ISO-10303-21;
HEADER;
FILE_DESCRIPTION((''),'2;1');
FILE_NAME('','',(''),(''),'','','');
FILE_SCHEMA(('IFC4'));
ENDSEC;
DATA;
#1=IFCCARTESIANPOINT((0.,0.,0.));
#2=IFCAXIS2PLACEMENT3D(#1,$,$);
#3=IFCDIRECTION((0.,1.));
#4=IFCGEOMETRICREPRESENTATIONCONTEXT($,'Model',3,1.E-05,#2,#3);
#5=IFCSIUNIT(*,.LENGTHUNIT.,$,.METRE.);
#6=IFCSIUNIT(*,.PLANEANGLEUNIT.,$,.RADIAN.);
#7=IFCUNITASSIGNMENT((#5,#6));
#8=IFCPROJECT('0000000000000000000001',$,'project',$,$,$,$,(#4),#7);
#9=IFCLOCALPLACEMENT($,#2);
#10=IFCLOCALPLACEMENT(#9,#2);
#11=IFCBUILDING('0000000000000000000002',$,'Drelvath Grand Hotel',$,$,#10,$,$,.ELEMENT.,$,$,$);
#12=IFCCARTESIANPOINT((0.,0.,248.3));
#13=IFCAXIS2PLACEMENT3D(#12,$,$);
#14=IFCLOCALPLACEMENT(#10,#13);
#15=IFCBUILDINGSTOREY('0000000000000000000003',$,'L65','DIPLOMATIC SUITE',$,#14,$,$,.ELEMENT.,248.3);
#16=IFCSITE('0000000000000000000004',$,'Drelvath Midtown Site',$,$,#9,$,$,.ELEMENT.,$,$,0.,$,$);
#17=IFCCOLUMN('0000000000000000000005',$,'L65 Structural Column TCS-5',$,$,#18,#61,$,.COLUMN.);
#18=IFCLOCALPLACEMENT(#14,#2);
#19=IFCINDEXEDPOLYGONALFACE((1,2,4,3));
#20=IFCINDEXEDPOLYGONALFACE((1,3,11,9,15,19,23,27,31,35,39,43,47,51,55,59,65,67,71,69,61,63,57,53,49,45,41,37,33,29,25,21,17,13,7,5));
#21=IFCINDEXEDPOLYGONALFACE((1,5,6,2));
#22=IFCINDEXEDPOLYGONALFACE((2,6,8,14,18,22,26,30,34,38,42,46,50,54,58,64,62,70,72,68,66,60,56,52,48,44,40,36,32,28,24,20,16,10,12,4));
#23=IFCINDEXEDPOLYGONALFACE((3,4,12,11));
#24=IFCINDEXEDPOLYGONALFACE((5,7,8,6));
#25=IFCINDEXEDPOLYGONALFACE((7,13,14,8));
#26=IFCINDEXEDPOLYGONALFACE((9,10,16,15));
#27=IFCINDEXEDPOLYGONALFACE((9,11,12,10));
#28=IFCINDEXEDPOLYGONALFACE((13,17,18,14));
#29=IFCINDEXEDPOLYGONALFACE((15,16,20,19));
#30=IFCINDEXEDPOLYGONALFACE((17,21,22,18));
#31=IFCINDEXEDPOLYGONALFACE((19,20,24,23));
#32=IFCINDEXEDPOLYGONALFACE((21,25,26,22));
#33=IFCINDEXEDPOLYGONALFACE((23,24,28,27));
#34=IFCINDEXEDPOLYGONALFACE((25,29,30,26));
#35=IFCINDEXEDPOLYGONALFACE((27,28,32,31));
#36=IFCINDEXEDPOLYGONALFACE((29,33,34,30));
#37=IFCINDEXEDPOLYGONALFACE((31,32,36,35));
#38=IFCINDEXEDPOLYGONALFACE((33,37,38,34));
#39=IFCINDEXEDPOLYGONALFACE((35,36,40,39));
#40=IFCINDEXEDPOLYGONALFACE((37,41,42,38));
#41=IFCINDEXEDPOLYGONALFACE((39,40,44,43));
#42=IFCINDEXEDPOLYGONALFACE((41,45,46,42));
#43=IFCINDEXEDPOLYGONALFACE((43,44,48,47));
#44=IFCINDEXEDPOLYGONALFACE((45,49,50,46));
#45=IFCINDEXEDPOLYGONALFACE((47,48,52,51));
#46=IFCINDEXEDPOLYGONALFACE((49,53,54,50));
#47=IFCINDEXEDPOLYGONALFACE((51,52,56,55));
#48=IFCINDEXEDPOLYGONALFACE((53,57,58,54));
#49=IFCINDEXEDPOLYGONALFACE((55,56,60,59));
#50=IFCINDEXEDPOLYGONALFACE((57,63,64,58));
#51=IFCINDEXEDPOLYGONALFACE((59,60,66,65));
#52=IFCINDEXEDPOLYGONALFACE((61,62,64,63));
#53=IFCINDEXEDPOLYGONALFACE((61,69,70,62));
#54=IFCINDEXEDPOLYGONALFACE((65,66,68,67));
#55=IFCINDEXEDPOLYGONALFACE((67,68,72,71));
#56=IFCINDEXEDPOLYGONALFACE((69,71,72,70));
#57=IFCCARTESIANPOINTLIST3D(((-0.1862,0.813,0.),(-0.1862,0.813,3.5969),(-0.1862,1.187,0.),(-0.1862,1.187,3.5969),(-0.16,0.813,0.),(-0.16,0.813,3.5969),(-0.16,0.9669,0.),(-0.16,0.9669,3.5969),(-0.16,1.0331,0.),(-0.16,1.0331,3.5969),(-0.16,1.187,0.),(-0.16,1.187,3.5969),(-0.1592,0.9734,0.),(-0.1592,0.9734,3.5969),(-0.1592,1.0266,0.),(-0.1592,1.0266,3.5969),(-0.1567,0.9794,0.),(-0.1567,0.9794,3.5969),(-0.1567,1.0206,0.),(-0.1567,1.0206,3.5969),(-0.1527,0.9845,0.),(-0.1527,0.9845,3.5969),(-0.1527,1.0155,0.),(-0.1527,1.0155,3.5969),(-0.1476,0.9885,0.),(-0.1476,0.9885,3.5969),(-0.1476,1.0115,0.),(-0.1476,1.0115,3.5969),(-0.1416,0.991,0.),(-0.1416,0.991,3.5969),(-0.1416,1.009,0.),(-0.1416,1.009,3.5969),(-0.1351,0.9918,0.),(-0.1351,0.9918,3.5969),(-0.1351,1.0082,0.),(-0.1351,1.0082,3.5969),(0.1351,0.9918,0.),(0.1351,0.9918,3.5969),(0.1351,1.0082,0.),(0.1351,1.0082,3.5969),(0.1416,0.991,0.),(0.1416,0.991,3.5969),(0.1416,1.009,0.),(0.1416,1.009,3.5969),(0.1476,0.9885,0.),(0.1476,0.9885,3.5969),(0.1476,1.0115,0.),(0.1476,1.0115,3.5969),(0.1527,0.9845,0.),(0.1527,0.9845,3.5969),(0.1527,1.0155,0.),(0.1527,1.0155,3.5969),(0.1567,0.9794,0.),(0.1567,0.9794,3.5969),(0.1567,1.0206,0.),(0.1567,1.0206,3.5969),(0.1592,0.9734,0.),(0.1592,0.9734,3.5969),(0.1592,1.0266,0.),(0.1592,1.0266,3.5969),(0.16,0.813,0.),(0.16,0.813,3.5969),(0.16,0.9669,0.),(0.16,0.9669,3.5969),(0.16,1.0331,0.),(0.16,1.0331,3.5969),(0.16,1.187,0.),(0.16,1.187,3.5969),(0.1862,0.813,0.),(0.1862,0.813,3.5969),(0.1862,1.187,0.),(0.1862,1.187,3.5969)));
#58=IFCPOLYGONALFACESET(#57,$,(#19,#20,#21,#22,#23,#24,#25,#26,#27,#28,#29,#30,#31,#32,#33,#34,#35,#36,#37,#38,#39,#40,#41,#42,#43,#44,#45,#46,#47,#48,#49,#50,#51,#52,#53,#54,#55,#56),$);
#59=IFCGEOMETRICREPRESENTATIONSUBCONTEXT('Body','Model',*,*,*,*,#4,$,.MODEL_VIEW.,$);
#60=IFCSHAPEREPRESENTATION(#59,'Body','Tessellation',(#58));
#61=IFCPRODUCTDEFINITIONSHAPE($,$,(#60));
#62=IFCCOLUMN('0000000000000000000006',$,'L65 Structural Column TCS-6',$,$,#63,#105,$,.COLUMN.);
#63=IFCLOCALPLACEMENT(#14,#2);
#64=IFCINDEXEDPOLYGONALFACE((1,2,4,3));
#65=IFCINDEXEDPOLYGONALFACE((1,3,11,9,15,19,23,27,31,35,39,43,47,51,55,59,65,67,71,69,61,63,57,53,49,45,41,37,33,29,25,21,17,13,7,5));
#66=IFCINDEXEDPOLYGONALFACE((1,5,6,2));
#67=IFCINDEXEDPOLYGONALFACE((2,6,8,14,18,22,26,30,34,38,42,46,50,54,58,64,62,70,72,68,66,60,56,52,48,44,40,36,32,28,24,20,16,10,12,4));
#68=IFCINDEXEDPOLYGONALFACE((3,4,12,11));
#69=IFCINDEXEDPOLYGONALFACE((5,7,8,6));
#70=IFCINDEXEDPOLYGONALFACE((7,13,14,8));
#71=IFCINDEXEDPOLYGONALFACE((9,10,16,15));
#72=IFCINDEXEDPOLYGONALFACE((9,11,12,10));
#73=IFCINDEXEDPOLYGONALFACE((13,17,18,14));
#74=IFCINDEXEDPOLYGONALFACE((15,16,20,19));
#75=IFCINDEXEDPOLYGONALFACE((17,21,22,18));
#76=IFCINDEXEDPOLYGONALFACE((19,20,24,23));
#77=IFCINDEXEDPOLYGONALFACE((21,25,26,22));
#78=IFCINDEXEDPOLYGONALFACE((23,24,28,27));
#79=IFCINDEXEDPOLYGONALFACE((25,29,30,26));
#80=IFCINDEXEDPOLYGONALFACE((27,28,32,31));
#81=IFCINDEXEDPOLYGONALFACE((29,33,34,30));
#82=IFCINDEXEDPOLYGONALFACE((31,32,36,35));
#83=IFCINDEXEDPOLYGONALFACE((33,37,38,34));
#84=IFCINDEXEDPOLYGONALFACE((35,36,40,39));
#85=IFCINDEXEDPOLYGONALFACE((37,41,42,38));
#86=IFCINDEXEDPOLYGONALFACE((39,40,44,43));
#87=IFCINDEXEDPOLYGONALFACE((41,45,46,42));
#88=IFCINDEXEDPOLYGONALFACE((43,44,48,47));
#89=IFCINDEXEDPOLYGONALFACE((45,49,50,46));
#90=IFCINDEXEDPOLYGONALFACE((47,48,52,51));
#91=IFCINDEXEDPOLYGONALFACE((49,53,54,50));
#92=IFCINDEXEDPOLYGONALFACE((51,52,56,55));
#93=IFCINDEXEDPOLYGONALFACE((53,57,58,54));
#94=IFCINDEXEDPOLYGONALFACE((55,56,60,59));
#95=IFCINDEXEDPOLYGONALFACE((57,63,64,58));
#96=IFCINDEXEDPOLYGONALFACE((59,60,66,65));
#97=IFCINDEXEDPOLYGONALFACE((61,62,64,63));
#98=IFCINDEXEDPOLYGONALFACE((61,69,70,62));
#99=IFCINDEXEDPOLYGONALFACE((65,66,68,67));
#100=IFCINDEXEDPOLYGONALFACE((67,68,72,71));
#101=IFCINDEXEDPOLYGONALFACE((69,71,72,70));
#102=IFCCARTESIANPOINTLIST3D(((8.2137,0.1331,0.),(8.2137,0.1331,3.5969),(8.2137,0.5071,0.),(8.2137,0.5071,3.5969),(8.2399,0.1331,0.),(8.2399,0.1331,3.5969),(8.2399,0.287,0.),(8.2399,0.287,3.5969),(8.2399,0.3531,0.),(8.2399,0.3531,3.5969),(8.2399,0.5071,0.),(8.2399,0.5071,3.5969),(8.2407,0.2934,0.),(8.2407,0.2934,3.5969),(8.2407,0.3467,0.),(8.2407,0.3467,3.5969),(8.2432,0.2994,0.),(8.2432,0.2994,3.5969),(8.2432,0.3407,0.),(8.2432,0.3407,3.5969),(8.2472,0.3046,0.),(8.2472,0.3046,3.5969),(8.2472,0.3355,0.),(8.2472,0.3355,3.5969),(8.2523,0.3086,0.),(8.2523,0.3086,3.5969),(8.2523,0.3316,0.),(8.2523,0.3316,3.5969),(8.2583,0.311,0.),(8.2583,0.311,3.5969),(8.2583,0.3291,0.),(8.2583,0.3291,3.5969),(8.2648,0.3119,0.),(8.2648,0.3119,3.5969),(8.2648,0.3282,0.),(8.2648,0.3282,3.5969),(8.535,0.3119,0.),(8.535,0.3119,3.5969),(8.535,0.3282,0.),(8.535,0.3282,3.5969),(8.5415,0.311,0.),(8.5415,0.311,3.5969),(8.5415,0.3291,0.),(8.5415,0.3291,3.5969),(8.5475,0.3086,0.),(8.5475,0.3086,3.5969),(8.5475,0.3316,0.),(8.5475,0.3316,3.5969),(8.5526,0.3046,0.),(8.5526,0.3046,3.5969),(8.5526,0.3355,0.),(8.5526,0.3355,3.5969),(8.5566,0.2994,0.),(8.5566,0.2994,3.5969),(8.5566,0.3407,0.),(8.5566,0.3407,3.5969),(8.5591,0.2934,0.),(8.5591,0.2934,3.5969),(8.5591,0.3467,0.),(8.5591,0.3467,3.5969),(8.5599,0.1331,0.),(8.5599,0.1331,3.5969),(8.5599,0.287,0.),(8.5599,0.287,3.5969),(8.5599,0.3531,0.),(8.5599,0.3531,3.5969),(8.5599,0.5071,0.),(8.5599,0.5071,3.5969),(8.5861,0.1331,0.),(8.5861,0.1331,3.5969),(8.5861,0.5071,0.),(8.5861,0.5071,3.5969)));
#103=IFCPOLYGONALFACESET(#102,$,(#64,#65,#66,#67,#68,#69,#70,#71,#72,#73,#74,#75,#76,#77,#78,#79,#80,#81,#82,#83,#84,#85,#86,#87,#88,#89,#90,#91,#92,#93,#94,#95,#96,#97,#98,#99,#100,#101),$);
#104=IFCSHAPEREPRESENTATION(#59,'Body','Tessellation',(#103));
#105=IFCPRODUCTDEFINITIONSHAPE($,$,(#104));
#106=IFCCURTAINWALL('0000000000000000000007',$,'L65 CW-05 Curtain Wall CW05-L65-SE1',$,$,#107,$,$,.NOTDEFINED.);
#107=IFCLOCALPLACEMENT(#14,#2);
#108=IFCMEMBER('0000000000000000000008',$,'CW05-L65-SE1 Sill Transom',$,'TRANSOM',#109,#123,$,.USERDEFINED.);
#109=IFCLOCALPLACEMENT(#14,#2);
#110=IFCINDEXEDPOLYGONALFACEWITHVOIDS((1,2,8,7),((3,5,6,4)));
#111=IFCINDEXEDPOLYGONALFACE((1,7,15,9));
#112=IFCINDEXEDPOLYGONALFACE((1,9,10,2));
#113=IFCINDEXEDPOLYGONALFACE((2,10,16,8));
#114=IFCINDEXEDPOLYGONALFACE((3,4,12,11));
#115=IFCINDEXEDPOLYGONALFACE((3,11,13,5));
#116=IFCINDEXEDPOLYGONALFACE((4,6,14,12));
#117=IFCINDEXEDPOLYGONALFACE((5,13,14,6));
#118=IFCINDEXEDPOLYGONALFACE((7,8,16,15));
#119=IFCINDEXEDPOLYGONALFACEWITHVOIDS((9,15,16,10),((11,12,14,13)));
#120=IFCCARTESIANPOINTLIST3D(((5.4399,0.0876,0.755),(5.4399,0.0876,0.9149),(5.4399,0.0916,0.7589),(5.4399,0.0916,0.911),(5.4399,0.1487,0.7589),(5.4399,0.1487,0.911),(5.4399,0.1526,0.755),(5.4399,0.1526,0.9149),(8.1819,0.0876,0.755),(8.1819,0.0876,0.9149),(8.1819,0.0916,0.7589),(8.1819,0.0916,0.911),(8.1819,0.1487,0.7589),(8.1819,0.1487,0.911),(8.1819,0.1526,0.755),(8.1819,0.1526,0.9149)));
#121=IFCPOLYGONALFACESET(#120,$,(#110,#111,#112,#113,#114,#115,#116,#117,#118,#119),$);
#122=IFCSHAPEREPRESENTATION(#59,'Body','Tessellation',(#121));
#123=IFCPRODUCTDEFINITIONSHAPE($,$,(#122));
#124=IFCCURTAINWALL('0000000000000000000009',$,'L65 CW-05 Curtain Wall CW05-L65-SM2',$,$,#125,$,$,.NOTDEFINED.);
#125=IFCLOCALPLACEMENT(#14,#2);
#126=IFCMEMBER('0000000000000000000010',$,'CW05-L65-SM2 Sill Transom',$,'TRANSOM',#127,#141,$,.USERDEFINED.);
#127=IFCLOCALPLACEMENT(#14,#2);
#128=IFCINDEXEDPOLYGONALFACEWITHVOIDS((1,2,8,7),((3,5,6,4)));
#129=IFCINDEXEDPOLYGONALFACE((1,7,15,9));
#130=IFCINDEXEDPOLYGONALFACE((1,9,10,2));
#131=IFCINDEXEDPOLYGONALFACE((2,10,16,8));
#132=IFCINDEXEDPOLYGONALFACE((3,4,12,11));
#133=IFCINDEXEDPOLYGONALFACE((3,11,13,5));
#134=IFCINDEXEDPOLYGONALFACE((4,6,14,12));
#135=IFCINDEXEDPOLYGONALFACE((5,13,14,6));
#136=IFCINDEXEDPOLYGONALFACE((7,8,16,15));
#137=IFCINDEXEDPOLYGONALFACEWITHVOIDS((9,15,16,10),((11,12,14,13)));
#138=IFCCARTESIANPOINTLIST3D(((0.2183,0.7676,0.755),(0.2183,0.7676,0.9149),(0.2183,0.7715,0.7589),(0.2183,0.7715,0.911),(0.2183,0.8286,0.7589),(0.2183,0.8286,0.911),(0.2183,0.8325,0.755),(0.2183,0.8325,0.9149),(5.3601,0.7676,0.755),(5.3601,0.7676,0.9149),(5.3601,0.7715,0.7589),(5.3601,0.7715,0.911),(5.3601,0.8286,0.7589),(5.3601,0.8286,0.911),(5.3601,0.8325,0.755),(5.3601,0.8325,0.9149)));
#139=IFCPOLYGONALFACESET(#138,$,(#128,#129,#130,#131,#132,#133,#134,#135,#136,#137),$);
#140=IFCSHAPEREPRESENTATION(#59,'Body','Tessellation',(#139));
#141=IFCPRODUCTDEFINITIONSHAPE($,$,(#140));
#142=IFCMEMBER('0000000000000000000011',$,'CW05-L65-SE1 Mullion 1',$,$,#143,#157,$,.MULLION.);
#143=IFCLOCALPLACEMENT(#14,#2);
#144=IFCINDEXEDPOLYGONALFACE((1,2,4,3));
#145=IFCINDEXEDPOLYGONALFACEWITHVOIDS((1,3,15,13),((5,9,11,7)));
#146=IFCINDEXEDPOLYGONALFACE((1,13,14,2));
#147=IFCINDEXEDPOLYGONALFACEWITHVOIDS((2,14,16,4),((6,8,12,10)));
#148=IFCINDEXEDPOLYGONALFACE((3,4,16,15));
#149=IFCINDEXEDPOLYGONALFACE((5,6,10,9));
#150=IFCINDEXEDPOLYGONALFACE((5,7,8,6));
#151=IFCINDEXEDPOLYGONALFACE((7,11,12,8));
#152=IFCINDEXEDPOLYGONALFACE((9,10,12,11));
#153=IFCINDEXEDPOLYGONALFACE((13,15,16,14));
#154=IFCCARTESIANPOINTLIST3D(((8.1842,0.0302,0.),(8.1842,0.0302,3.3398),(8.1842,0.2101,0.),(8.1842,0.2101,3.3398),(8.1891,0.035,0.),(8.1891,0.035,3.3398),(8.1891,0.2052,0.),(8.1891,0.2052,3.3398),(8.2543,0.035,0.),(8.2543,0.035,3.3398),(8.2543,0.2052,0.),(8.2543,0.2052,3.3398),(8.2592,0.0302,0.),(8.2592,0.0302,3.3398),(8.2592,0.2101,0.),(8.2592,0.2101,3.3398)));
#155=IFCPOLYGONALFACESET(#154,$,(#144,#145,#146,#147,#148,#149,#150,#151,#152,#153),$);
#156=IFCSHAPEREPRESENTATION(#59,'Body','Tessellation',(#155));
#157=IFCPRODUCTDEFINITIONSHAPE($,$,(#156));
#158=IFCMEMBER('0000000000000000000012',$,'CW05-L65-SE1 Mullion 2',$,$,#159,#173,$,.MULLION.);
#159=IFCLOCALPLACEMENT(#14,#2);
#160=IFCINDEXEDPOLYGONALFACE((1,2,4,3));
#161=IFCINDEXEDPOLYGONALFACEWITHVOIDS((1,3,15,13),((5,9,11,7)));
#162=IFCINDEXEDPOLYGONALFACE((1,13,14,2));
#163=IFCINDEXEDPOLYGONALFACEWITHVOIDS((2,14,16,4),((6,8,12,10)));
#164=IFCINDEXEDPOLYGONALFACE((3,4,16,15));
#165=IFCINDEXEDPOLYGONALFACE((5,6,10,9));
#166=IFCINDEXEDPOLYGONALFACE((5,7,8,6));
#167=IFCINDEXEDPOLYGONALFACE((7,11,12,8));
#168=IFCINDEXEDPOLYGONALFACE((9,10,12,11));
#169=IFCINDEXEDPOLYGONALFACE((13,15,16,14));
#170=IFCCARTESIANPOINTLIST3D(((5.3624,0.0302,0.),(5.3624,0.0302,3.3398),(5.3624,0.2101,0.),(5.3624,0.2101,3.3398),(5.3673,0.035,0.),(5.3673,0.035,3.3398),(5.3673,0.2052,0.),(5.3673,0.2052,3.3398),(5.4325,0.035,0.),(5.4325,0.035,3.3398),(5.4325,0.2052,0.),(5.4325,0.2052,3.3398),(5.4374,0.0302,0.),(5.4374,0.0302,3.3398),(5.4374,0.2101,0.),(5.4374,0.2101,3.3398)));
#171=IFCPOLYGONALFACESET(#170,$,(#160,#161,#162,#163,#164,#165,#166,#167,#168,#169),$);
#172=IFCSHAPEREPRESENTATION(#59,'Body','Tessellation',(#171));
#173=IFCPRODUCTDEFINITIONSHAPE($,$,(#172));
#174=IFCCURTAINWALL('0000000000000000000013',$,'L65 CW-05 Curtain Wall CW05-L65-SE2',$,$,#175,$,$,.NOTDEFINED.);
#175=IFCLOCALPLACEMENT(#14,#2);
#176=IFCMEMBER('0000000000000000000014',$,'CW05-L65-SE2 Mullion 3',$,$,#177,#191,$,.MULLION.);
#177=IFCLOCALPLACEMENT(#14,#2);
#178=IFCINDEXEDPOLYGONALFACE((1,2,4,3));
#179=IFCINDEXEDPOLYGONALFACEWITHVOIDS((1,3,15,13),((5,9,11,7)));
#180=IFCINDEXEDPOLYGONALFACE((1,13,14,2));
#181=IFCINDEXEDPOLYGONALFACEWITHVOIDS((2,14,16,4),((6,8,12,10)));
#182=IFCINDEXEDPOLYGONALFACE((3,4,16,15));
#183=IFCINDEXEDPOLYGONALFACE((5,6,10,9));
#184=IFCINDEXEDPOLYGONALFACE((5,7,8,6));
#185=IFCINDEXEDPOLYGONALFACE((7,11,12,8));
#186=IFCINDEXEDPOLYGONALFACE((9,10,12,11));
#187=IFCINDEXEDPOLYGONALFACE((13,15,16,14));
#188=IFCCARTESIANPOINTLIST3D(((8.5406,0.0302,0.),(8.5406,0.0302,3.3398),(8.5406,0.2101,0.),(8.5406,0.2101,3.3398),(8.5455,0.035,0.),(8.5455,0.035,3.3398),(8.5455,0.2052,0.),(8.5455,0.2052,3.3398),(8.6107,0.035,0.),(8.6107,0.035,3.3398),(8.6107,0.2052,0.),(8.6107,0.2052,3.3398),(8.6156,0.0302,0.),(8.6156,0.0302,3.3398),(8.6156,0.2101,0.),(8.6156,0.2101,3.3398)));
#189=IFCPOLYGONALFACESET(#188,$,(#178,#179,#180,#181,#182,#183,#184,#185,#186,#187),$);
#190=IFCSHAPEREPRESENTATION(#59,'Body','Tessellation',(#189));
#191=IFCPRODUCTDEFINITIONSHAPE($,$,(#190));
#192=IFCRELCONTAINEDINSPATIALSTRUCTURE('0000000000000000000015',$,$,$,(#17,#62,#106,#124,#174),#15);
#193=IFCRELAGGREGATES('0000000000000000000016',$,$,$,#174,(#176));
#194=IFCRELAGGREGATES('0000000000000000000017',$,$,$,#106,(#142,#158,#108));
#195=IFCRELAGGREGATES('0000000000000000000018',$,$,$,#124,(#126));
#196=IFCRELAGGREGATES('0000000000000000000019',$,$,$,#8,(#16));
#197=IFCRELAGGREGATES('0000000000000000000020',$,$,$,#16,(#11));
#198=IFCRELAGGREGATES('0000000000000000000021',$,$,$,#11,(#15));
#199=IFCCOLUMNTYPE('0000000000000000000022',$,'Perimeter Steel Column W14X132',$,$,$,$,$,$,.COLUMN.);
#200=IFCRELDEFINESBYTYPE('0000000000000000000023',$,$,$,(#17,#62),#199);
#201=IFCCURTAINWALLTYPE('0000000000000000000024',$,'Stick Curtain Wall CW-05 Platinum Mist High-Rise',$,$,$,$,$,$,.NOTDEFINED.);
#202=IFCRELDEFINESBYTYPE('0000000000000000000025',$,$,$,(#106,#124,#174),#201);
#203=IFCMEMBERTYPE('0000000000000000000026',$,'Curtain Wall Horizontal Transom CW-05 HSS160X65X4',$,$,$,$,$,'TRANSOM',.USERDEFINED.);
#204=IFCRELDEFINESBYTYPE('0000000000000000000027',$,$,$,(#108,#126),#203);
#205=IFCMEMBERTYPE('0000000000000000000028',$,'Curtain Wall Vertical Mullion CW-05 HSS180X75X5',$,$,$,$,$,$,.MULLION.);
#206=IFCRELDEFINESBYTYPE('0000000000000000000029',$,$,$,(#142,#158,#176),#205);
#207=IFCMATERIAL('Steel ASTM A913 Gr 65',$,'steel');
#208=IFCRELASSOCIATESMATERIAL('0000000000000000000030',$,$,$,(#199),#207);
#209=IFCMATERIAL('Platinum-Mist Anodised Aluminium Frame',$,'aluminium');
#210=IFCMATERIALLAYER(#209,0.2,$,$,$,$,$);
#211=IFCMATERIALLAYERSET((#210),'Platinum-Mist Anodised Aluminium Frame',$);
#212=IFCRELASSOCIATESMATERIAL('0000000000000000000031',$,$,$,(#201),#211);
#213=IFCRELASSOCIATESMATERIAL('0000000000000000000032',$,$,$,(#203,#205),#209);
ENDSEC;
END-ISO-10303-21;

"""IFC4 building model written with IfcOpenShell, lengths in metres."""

from ifc_helpers import new_model, si_unit, direction, frame, origin, origin_2d, place, context, subcontext, project, spatial, hollow_rectangle, i_section, extrude, material, layer, layer_set, material_profile, profile_set, type_object, element, aggregate, save


model = new_model("IFC4")

# Units and contexts
model_context = context("Model", 3, precision=1e-05, world=origin(), true_north=direction((0.0, 1.0)))
body_context = subcontext(model_context, "Body", "Model", "MODEL_VIEW")
ifc_project = project(units=[si_unit("LENGTHUNIT", "METRE"), si_unit("PLANEANGLEUNIT", "RADIAN")], contexts=[model_context])

# Site, building, storey
site_placement = place(None, origin())
site = spatial("IfcSite", under=ifc_project, at=site_placement, Name="Drelvath Midtown Site", CompositionType="ELEMENT", RefElevation=0.0)
building_placement = place(site_placement, origin())
building = spatial("IfcBuilding", under=site, at=building_placement, Name="Drelvath Grand Hotel", CompositionType="ELEMENT")
storey_placement = place(building_placement, frame((0.0, 0.0, 248.3)))
storey = spatial("IfcBuildingStorey", under=building, at=storey_placement, Name="L65", Description="DIPLOMATIC SUITE", CompositionType="ELEMENT", Elevation=248.3)

# Columns
ifc_material_1 = material(Name="Steel ASTM A913 Gr 65", Category="steel")
ifc_material_profile_1 = material_profile(ifc_material_1, i_section(OverallWidth=0.374, OverallDepth=0.3723, WebThickness=0.0164, FlangeThickness=0.0261, FilletRadius=0.0249, at=origin_2d()), Name="W14X132")
ifc_profile_set_1 = profile_set([ifc_material_profile_1], Name="Steel ASTM A913 Gr 65")
column_type = type_object("IfcColumnType", Name="Perimeter Steel Column W14X132", PredefinedType="COLUMN", material=ifc_profile_set_1)
for number, where, z_axis, x_axis, name in (
    (1, (0.0, 1.0, 0.0), (0.0, 0.0, 1.0), (0.0, 1.0, 0.0), "L65 Structural Column TCS-5"),
    (2, (8.3999, 0.3201, 0.0), (0.0, 0.0, 1.0), (0.0, 1.0, 0.0), "L65 Structural Column TCS-6"),
):
    element("IfcColumn", number, at=place(storey_placement, frame(where, z_axis=z_axis, x_axis=x_axis)), inside=storey, type_object=column_type, Name=name, PredefinedType="COLUMN", context=body_context, shape_type="SweptSolid", body=[
        extrude(i_section(OverallWidth=0.374, OverallDepth=0.3723, WebThickness=0.0164, FlangeThickness=0.0261, FilletRadius=0.0249, at=origin_2d()), origin(), (0.0, 0.0, 1.0), 3.5969),
    ])

# Curtain walls, members
ifc_material_2 = material(Name="Platinum-Mist Anodised Aluminium Frame", Category="aluminium")
ifc_layer_1 = layer(ifc_material_2, 0.2)
ifc_layer_set_1 = layer_set([ifc_layer_1], Name="Platinum-Mist Anodised Aluminium Frame")
curtain_wall_type = type_object("IfcCurtainWallType", Name="Stick Curtain Wall CW-05 Platinum Mist High-Rise", PredefinedType="NOTDEFINED", material=ifc_layer_set_1)
curtain_wall_1_placement = place(storey_placement, origin())
curtain_wall_1 = element("IfcCurtainWall", 3, at=curtain_wall_1_placement, inside=storey, type_object=curtain_wall_type, Name="L65 CW-05 Curtain Wall CW05-L65-SE1", PredefinedType="NOTDEFINED")
ifc_material_profile_2 = material_profile(ifc_material_2, hollow_rectangle(XDim=0.0649, YDim=0.1599, WallThickness=0.0039, at=origin_2d()), Name="HSS160X65X4")
ifc_profile_set_2 = profile_set([ifc_material_profile_2], Name="Platinum-Mist Anodised Aluminium Frame")
member_type_1 = type_object("IfcMemberType", Name="Curtain Wall Horizontal Transom CW-05 HSS160X65X4", ElementType="TRANSOM", PredefinedType="USERDEFINED", material=ifc_profile_set_2)
member_1_placement = place(storey_placement, frame((8.1819, 0.1201, 0.835), z_axis=(-1.0, 0.0, 0.0), x_axis=(0.0, -1.0, 0.0)))
member_1 = element("IfcMember", 4, at=member_1_placement, type_object=member_type_1, Name="CW05-L65-SE1 Sill Transom", ObjectType="TRANSOM", PredefinedType="USERDEFINED", context=body_context, shape_type="SweptSolid", body=[
    extrude(hollow_rectangle(XDim=0.0649, YDim=0.1599, WallThickness=0.0039, at=origin_2d()), origin(), (0.0, 0.0, 1.0), 2.7419),
])
curtain_wall_2_placement = place(storey_placement, origin())
curtain_wall_2 = element("IfcCurtainWall", 5, at=curtain_wall_2_placement, inside=storey, type_object=curtain_wall_type, Name="L65 CW-05 Curtain Wall CW05-L65-SM2", PredefinedType="NOTDEFINED")
member_2_placement = place(storey_placement, frame((5.3601, 0.8, 0.835), z_axis=(-1.0, 0.0, 0.0), x_axis=(0.0, -1.0, 0.0)))
member_2 = element("IfcMember", 6, at=member_2_placement, type_object=member_type_1, Name="CW05-L65-SM2 Sill Transom", ObjectType="TRANSOM", PredefinedType="USERDEFINED", context=body_context, shape_type="SweptSolid", body=[
    extrude(hollow_rectangle(XDim=0.0649, YDim=0.1599, WallThickness=0.0039, at=origin_2d()), origin(), (0.0, 0.0, 1.0), 5.1418),
])

# Members
ifc_material_profile_3 = material_profile(ifc_material_2, hollow_rectangle(XDim=0.075, YDim=0.1799, WallThickness=0.0049, at=origin_2d()), Name="HSS180X75X5")
ifc_profile_set_3 = profile_set([ifc_material_profile_3], Name="Platinum-Mist Anodised Aluminium Frame")
member_type_2 = type_object("IfcMemberType", Name="Curtain Wall Vertical Mullion CW-05 HSS180X75X5", PredefinedType="MULLION", material=ifc_profile_set_3)
member_3_placement = place(storey_placement, frame((8.2217, 0.1201, 0.0), z_axis=(0.0, 0.0, 1.0), x_axis=(1.0, 0.0, 0.0)))
member_3 = element("IfcMember", 7, at=member_3_placement, type_object=member_type_2, Name="CW05-L65-SE1 Mullion 1", PredefinedType="MULLION", context=body_context, shape_type="SweptSolid", body=[
    extrude(hollow_rectangle(XDim=0.075, YDim=0.1799, WallThickness=0.0049, at=origin_2d()), origin(), (0.0, 0.0, 1.0), 3.3398),
])
member_4_placement = place(storey_placement, frame((5.3999, 0.1201, 0.0), z_axis=(0.0, 0.0, 1.0), x_axis=(1.0, 0.0, 0.0)))
member_4 = element("IfcMember", 8, at=member_4_placement, type_object=member_type_2, Name="CW05-L65-SE1 Mullion 2", PredefinedType="MULLION", context=body_context, shape_type="SweptSolid", body=[
    extrude(hollow_rectangle(XDim=0.075, YDim=0.1799, WallThickness=0.0049, at=origin_2d()), origin(), (0.0, 0.0, 1.0), 3.3398),
])

# Curtain wall, member
curtain_wall_3_placement = place(storey_placement, origin())
curtain_wall_3 = element("IfcCurtainWall", 9, at=curtain_wall_3_placement, inside=storey, type_object=curtain_wall_type, Name="L65 CW-05 Curtain Wall CW05-L65-SE2", PredefinedType="NOTDEFINED")
member_5_placement = place(storey_placement, frame((8.5781, 0.1201, 0.0), z_axis=(0.0, 0.0, 1.0), x_axis=(1.0, 0.0, 0.0)))
member_5 = element("IfcMember", 10, at=member_5_placement, type_object=member_type_2, Name="CW05-L65-SE2 Mullion 3", PredefinedType="MULLION", context=body_context, shape_type="SweptSolid", body=[
    extrude(hollow_rectangle(XDim=0.075, YDim=0.1799, WallThickness=0.0049, at=origin_2d()), origin(), (0.0, 0.0, 1.0), 3.3398),
])
aggregate(curtain_wall_3, [member_5])

aggregate(curtain_wall_1, [member_3, member_4, member_1])
aggregate(curtain_wall_2, [member_2])

save(model, "model.ifc")
